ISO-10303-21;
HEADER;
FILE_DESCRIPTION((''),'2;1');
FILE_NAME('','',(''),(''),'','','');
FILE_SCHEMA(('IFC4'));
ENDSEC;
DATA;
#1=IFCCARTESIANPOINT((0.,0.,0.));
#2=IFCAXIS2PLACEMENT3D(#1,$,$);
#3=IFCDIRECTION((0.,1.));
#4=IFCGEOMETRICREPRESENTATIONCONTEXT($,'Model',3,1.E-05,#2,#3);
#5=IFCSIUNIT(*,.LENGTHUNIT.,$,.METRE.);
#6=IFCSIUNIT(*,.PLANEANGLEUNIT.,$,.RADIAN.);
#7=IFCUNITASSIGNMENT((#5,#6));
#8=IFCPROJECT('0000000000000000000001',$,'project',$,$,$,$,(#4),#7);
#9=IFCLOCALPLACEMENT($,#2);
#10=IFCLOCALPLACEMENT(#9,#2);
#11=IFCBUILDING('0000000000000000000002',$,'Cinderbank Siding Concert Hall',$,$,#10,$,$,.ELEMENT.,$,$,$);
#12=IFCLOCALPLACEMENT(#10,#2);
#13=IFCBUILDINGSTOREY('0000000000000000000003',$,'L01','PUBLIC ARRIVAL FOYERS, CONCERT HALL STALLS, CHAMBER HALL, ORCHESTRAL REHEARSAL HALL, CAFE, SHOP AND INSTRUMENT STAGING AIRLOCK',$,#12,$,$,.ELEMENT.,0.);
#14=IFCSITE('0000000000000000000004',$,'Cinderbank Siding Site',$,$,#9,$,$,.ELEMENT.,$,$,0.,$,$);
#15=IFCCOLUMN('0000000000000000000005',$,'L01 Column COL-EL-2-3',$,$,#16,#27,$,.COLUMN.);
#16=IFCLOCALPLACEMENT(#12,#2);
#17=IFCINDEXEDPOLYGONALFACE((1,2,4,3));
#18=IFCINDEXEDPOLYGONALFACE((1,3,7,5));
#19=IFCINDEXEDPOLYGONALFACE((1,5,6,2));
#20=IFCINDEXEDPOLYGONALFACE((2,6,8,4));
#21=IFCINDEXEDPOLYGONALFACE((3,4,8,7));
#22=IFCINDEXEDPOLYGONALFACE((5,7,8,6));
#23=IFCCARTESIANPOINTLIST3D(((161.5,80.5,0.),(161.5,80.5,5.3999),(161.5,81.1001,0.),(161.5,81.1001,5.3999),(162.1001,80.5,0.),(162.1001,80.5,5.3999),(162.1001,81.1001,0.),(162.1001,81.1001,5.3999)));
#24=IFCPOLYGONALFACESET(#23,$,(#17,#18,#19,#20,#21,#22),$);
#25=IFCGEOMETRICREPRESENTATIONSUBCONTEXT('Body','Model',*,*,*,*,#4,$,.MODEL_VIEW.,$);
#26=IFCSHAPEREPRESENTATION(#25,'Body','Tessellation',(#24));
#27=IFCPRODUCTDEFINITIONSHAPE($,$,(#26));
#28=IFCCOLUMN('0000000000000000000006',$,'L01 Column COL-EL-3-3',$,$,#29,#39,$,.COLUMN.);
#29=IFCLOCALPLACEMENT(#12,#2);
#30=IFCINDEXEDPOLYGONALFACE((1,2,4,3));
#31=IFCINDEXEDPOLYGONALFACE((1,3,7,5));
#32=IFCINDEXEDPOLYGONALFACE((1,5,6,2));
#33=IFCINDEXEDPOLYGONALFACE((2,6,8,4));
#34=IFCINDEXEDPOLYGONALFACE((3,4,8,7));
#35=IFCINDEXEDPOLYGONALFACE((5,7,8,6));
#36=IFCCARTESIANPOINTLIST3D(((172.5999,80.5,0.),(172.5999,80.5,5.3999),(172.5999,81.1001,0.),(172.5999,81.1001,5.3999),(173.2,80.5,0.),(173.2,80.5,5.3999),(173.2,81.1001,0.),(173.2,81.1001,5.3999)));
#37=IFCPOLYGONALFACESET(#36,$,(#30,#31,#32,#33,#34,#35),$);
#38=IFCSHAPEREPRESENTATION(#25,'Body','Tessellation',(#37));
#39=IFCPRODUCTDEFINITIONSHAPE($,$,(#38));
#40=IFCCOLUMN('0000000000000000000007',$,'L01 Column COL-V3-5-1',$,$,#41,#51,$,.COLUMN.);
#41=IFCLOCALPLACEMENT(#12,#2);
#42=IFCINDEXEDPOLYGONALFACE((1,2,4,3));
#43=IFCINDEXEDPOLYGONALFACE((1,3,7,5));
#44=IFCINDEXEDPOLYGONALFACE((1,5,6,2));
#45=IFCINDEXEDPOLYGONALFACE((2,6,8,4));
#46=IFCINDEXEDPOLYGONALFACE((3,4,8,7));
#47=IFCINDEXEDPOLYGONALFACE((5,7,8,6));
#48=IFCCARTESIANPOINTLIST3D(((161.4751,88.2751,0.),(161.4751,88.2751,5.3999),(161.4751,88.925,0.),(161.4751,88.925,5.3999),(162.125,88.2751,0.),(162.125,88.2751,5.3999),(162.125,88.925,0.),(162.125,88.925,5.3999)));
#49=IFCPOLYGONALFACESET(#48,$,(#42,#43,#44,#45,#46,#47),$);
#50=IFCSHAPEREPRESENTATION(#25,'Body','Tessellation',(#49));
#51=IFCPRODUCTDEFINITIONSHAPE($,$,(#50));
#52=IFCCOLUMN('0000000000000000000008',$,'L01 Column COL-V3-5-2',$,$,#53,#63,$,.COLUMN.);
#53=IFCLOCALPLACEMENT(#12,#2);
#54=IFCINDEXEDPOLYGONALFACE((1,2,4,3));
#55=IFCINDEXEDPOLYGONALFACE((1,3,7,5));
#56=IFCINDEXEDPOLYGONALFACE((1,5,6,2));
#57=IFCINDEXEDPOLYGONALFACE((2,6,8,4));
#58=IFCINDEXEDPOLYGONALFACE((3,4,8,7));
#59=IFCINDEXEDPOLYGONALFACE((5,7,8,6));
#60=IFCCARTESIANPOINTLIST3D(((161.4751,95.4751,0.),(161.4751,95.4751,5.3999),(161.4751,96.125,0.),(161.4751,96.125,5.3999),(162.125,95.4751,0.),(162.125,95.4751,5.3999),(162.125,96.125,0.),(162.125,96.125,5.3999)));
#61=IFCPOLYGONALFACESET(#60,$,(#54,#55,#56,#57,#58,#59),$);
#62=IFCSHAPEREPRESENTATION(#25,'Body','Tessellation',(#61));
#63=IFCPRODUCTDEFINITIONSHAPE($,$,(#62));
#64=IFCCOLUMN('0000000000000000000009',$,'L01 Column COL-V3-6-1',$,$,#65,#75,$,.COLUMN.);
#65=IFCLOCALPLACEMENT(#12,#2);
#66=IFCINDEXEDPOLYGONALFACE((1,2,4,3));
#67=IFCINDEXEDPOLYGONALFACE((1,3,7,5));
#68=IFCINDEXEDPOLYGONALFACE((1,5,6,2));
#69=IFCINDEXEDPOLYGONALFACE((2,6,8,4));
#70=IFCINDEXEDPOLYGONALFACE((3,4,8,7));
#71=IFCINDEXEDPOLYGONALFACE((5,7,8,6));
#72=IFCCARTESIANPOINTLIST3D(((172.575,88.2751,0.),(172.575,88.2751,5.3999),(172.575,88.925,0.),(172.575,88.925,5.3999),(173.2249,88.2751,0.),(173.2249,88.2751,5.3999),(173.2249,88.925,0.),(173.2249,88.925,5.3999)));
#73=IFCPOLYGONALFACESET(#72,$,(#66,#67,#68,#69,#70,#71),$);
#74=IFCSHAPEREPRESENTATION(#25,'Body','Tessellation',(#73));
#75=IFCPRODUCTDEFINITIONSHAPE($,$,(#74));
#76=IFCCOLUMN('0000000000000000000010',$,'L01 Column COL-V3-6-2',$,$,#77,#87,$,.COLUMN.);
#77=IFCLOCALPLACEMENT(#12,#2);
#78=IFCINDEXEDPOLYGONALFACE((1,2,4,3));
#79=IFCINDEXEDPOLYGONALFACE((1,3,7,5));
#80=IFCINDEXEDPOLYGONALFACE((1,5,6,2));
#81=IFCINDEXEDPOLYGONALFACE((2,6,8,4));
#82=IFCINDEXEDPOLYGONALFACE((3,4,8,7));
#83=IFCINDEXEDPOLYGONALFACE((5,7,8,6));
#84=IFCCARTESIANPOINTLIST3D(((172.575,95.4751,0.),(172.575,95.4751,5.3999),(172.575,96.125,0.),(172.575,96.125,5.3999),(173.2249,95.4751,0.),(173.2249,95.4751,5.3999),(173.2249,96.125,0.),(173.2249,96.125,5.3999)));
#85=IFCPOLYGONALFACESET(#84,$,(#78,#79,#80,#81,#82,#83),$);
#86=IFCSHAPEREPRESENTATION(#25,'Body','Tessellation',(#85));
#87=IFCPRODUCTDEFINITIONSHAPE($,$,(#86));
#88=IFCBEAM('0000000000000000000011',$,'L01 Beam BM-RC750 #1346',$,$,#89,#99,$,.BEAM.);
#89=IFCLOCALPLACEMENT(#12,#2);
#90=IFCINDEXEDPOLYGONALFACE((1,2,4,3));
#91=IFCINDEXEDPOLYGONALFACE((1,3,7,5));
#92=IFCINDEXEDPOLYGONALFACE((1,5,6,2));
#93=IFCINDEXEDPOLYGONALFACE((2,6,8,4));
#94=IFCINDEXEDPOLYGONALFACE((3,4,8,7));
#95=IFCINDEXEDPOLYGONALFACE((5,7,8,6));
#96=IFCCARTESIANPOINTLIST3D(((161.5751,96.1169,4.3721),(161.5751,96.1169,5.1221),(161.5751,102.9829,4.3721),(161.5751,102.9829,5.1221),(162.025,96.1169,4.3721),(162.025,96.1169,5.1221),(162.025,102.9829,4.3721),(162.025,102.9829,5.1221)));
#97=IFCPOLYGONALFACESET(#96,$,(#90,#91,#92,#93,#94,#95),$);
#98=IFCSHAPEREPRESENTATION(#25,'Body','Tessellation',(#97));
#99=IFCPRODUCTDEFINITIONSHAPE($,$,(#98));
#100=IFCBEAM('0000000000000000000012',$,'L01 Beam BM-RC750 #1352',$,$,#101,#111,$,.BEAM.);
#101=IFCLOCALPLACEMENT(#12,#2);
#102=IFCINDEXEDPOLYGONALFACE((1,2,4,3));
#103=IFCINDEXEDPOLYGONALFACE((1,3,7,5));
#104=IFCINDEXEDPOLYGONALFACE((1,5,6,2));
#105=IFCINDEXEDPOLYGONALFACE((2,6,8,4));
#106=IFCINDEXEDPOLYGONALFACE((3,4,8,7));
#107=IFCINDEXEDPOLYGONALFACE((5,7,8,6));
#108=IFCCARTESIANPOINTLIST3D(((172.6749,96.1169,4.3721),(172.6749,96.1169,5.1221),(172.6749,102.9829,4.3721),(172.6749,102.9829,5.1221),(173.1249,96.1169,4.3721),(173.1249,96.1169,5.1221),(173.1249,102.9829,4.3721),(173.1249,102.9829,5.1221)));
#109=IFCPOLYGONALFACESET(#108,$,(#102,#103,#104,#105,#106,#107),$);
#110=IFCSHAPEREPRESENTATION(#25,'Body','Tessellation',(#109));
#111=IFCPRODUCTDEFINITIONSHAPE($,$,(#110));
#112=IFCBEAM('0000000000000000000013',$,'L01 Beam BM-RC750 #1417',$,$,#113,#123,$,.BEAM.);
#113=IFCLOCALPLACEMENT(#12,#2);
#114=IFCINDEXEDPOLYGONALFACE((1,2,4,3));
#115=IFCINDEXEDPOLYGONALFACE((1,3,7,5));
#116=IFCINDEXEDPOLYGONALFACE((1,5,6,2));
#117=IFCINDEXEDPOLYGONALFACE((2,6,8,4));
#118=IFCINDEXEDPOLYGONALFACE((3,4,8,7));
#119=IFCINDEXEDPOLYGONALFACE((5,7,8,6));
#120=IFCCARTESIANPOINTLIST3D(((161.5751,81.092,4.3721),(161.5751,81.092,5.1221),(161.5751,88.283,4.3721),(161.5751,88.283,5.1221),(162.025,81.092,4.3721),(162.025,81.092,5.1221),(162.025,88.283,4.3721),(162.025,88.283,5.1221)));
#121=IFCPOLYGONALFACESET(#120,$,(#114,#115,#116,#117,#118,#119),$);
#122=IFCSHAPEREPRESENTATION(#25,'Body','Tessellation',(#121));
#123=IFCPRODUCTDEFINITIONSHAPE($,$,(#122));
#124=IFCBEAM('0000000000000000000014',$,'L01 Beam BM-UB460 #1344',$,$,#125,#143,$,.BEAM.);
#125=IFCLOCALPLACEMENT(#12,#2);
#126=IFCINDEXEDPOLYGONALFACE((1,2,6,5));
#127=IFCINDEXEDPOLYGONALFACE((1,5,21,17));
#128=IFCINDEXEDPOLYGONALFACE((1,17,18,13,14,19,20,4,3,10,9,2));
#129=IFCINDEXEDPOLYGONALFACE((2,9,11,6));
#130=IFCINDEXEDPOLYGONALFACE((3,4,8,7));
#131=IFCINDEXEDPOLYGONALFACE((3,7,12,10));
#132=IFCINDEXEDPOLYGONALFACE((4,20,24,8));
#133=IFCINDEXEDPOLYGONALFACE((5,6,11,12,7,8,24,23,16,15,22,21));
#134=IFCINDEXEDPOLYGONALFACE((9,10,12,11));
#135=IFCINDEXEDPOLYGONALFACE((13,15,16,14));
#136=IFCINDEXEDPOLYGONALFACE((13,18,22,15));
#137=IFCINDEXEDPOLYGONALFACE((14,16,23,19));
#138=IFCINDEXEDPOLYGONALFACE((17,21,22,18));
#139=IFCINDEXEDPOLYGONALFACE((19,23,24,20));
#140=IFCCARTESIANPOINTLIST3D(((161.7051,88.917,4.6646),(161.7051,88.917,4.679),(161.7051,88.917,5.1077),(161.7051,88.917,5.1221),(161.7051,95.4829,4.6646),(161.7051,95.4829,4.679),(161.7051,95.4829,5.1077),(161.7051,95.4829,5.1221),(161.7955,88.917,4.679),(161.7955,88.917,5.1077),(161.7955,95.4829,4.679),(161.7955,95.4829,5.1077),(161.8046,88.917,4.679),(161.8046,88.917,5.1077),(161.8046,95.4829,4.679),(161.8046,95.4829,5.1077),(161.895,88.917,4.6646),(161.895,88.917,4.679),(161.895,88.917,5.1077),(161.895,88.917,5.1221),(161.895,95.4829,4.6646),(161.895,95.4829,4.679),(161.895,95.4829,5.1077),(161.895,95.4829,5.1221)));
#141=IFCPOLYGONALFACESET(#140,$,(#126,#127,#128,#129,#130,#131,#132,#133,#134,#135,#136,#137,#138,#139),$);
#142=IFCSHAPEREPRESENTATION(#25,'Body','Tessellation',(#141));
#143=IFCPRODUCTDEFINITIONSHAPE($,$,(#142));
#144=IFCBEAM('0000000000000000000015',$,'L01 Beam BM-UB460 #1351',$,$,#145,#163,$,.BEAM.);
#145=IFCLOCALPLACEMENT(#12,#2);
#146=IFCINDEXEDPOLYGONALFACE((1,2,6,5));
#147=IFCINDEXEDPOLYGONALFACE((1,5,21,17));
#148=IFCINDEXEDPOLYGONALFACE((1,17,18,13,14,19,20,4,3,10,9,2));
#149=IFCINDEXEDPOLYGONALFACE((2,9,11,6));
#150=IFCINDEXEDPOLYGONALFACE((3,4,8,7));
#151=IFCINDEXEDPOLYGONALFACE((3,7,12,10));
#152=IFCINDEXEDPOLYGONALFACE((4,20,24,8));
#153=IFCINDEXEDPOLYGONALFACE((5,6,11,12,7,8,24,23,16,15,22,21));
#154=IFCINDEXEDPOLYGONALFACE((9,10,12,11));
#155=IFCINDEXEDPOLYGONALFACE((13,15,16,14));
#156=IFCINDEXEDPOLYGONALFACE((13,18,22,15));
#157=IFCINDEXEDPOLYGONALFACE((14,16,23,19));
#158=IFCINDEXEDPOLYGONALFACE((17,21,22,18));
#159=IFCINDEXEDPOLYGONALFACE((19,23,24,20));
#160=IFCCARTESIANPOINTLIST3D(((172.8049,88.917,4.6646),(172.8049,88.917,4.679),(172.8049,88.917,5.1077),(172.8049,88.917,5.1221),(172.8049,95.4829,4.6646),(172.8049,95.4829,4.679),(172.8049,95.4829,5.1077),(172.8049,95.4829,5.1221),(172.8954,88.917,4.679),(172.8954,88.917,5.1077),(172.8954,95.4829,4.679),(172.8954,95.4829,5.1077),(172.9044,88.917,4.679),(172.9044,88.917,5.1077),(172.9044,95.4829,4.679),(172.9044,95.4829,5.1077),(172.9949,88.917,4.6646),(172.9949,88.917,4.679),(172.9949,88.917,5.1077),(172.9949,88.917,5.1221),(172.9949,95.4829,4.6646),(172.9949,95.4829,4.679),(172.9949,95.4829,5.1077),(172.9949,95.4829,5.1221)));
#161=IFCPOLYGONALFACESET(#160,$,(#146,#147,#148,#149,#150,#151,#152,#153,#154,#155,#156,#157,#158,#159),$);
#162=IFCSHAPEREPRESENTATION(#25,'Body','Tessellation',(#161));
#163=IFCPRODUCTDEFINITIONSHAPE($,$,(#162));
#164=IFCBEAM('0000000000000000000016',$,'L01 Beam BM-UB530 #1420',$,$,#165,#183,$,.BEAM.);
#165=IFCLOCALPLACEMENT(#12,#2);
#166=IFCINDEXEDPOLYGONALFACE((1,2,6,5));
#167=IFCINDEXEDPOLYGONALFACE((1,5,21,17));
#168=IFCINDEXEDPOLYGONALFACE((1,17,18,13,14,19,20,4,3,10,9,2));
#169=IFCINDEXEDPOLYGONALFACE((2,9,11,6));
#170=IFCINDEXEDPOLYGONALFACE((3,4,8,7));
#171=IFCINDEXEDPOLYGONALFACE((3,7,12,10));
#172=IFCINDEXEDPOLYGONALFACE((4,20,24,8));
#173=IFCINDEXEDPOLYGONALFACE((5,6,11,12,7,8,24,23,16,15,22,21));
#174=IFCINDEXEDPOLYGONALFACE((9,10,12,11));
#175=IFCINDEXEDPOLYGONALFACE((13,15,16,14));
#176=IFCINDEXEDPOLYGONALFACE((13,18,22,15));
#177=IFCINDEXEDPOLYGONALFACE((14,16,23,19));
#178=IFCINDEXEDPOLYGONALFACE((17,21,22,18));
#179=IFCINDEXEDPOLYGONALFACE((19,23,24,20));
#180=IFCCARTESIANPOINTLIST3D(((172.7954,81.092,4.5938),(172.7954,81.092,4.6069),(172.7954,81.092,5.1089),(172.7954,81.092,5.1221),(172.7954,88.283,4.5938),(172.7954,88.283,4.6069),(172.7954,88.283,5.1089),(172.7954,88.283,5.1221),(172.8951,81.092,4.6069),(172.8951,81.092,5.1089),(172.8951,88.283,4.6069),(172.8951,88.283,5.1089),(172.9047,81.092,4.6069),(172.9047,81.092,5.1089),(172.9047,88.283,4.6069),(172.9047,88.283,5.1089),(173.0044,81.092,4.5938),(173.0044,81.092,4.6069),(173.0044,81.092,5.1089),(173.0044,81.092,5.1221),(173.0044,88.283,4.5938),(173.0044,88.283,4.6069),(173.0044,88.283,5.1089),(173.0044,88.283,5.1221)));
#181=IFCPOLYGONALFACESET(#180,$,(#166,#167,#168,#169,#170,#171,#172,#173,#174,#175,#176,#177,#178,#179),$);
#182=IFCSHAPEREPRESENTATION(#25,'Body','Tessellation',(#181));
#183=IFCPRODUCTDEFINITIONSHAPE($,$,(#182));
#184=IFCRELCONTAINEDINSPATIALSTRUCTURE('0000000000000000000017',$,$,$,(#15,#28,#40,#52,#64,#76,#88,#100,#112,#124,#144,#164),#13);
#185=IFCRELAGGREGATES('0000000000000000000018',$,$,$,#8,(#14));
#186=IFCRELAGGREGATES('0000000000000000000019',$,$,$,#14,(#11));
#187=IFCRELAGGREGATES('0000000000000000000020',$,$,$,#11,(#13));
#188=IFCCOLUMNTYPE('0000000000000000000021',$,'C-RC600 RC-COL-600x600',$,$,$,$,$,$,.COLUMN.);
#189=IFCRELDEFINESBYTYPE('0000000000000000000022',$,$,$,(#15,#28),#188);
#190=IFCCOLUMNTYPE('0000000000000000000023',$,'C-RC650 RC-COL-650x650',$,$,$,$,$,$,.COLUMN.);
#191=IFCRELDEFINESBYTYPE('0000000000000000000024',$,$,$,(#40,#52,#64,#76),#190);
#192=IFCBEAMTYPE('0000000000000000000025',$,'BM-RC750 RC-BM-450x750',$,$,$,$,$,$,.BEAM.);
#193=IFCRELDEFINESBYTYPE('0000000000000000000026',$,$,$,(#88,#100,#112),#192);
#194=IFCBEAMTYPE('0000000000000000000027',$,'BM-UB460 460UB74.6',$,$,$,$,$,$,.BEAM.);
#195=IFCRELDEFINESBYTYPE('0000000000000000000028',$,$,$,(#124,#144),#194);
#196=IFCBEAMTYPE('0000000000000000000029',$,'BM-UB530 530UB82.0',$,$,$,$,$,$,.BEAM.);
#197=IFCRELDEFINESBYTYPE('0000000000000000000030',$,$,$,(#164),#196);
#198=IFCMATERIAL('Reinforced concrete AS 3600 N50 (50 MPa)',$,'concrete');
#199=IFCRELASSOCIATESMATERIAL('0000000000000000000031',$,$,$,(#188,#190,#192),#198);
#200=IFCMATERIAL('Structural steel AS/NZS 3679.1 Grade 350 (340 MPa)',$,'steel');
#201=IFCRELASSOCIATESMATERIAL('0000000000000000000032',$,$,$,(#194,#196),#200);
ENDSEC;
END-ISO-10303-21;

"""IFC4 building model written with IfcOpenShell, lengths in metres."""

from ifc_helpers import new_model, si_unit, direction, frame, origin, origin_2d, place, context, subcontext, project, spatial, rectangle, i_section, extrude, material, material_profile, profile_set, type_object, element, save


model = new_model("IFC4")

# Units and contexts
model_context = context("Model", 3, precision=1e-05, world=origin(), true_north=direction((0.0, 1.0)))
body_context = subcontext(model_context, "Body", "Model", "MODEL_VIEW")
ifc_project = project(units=[si_unit("LENGTHUNIT", "METRE"), si_unit("PLANEANGLEUNIT", "RADIAN")], contexts=[model_context])

# Site, building, storey
site_placement = place(None, origin())
site = spatial("IfcSite", under=ifc_project, at=site_placement, Name="Cinderbank Siding Site", CompositionType="ELEMENT", RefElevation=0.0)
building_placement = place(site_placement, origin())
building = spatial("IfcBuilding", under=site, at=building_placement, Name="Cinderbank Siding Concert Hall", CompositionType="ELEMENT")
storey_placement = place(building_placement, origin())
storey = spatial("IfcBuildingStorey", under=building, at=storey_placement, Name="L01", Description="PUBLIC ARRIVAL FOYERS, CONCERT HALL STALLS, CHAMBER HALL, ORCHESTRAL REHEARSAL HALL, CAFE, SHOP AND INSTRUMENT STAGING AIRLOCK", CompositionType="ELEMENT", Elevation=0.0)

# Columns
ifc_material_1 = material(Name="Reinforced concrete AS 3600 N50 (50 MPa)", Category="concrete")
ifc_material_profile_1 = material_profile(ifc_material_1, rectangle(XDim=0.6001, YDim=0.6001, at=origin_2d()), Name="RC-COL-600x600", Category="LoadBearing")
ifc_profile_set_1 = profile_set([ifc_material_profile_1], Name="Reinforced concrete AS 3600 N50 (50 MPa)")
column_type_1 = type_object("IfcColumnType", Name="C-RC600 RC-COL-600x600", PredefinedType="COLUMN", material=ifc_profile_set_1)
for number, where, z_axis, x_axis, name in (
    (1, (161.8, 80.8, 0.0), (0.0, 0.0, 1.0), (1.0, 0.0, 0.0), "L01 Column COL-EL-2-3"),
    (2, (172.8999, 80.8, 0.0), (0.0, 0.0, 1.0), (1.0, 0.0, 0.0), "L01 Column COL-EL-3-3"),
):
    element("IfcColumn", number, at=place(storey_placement, frame(where, z_axis=z_axis, x_axis=x_axis)), inside=storey, type_object=column_type_1, Name=name, PredefinedType="COLUMN", context=body_context, shape_type="SweptSolid", body=[
        extrude(rectangle(XDim=0.6001, YDim=0.6001, at=origin_2d()), origin(), (0.0, 0.0, 1.0), 5.3999),
    ])
ifc_material_profile_2 = material_profile(ifc_material_1, rectangle(XDim=0.6499, YDim=0.6499, at=origin_2d()), Name="RC-COL-650x650", Category="LoadBearing")
ifc_profile_set_2 = profile_set([ifc_material_profile_2], Name="Reinforced concrete AS 3600 N50 (50 MPa)")
column_type_2 = type_object("IfcColumnType", Name="C-RC650 RC-COL-650x650", PredefinedType="COLUMN", material=ifc_profile_set_2)
for number, where, z_axis, x_axis, name in (
    (3, (161.8, 88.6001, 0.0), (0.0, 0.0, 1.0), (1.0, 0.0, 0.0), "L01 Column COL-V3-5-1"),
    (4, (161.8, 95.8, 0.0), (0.0, 0.0, 1.0), (1.0, 0.0, 0.0), "L01 Column COL-V3-5-2"),
    (5, (172.8999, 88.6001, 0.0), (0.0, 0.0, 1.0), (1.0, 0.0, 0.0), "L01 Column COL-V3-6-1"),
    (6, (172.8999, 95.8, 0.0), (0.0, 0.0, 1.0), (1.0, 0.0, 0.0), "L01 Column COL-V3-6-2"),
):
    element("IfcColumn", number, at=place(storey_placement, frame(where, z_axis=z_axis, x_axis=x_axis)), inside=storey, type_object=column_type_2, Name=name, PredefinedType="COLUMN", context=body_context, shape_type="SweptSolid", body=[
        extrude(rectangle(XDim=0.6499, YDim=0.6499, at=origin_2d()), origin(), (0.0, 0.0, 1.0), 5.3999),
    ])

# Beams
ifc_material_profile_3 = material_profile(ifc_material_1, rectangle(XDim=0.45, YDim=0.75, at=origin_2d()), Name="RC-BM-450x750", Category="LoadBearing")
ifc_profile_set_3 = profile_set([ifc_material_profile_3], Name="Reinforced concrete AS 3600 N50 (50 MPa)")
beam_type_1 = type_object("IfcBeamType", Name="BM-RC750 RC-BM-450x750", PredefinedType="BEAM", material=ifc_profile_set_3)
for number, where, z_axis, x_axis, name in (
    (7, (161.8, 96.1169, 4.7471), (0.0, 1.0, 0.0), (-1.0, 0.0, 0.0), "L01 Beam BM-RC750 #1346"),
    (8, (172.8999, 96.1169, 4.7471), (0.0, 1.0, 0.0), (-1.0, 0.0, 0.0), "L01 Beam BM-RC750 #1352"),
):
    element("IfcBeam", number, at=place(storey_placement, frame(where, z_axis=z_axis, x_axis=x_axis)), inside=storey, type_object=beam_type_1, Name=name, PredefinedType="BEAM", context=body_context, shape_type="SweptSolid", body=[
        extrude(rectangle(XDim=0.45, YDim=0.75, at=origin_2d()), origin(), (0.0, 0.0, 1.0), 6.866),
    ])
beam_1_placement = place(storey_placement, frame((161.8, 81.092, 4.7471), z_axis=(0.0, 1.0, 0.0), x_axis=(-1.0, 0.0, 0.0)))
element("IfcBeam", 9, at=beam_1_placement, inside=storey, type_object=beam_type_1, Name="L01 Beam BM-RC750 #1417", PredefinedType="BEAM", context=body_context, shape_type="SweptSolid", body=[
    extrude(rectangle(XDim=0.45, YDim=0.75, at=origin_2d()), origin(), (0.0, 0.0, 1.0), 7.1909),
])
ifc_material_2 = material(Name="Structural steel AS/NZS 3679.1 Grade 350 (340 MPa)", Category="steel")
ifc_material_profile_4 = material_profile(ifc_material_2, i_section(OverallWidth=0.1899, OverallDepth=0.4575, WebThickness=0.009, FlangeThickness=0.0144, at=origin_2d()), Name="460UB74.6", Category="LoadBearing")
ifc_profile_set_4 = profile_set([ifc_material_profile_4], Name="Structural steel AS/NZS 3679.1 Grade 350 (340 MPa)")
beam_type_2 = type_object("IfcBeamType", Name="BM-UB460 460UB74.6", PredefinedType="BEAM", material=ifc_profile_set_4)
for number, where, z_axis, x_axis, name in (
    (10, (161.8, 88.917, 4.8933), (0.0, 1.0, 0.0), (-1.0, 0.0, 0.0), "L01 Beam BM-UB460 #1344"),
    (11, (172.8999, 88.917, 4.8933), (0.0, 1.0, 0.0), (-1.0, 0.0, 0.0), "L01 Beam BM-UB460 #1351"),
):
    element("IfcBeam", number, at=place(storey_placement, frame(where, z_axis=z_axis, x_axis=x_axis)), inside=storey, type_object=beam_type_2, Name=name, PredefinedType="BEAM", context=body_context, shape_type="SweptSolid", body=[
        extrude(i_section(OverallWidth=0.1899, OverallDepth=0.4575, WebThickness=0.009, FlangeThickness=0.0144, at=origin_2d()), origin(), (0.0, 0.0, 1.0), 6.5659),
    ])
ifc_material_profile_5 = material_profile(ifc_material_2, i_section(OverallWidth=0.209, OverallDepth=0.5283, WebThickness=0.0095, FlangeThickness=0.0132, at=origin_2d()), Name="530UB82.0", Category="LoadBearing")
ifc_profile_set_5 = profile_set([ifc_material_profile_5], Name="Structural steel AS/NZS 3679.1 Grade 350 (340 MPa)")
beam_type_3 = type_object("IfcBeamType", Name="BM-UB530 530UB82.0", PredefinedType="BEAM", material=ifc_profile_set_5)
beam_2_placement = place(storey_placement, frame((172.8999, 81.092, 4.8579), z_axis=(0.0, 1.0, 0.0), x_axis=(-1.0, 0.0, 0.0)))
element("IfcBeam", 12, at=beam_2_placement, inside=storey, type_object=beam_type_3, Name="L01 Beam BM-UB530 #1420", PredefinedType="BEAM", context=body_context, shape_type="SweptSolid", body=[
    extrude(i_section(OverallWidth=0.209, OverallDepth=0.5283, WebThickness=0.0095, FlangeThickness=0.0132, at=origin_2d()), origin(), (0.0, 0.0, 1.0), 7.1909),
])

save(model, "model.ifc")
